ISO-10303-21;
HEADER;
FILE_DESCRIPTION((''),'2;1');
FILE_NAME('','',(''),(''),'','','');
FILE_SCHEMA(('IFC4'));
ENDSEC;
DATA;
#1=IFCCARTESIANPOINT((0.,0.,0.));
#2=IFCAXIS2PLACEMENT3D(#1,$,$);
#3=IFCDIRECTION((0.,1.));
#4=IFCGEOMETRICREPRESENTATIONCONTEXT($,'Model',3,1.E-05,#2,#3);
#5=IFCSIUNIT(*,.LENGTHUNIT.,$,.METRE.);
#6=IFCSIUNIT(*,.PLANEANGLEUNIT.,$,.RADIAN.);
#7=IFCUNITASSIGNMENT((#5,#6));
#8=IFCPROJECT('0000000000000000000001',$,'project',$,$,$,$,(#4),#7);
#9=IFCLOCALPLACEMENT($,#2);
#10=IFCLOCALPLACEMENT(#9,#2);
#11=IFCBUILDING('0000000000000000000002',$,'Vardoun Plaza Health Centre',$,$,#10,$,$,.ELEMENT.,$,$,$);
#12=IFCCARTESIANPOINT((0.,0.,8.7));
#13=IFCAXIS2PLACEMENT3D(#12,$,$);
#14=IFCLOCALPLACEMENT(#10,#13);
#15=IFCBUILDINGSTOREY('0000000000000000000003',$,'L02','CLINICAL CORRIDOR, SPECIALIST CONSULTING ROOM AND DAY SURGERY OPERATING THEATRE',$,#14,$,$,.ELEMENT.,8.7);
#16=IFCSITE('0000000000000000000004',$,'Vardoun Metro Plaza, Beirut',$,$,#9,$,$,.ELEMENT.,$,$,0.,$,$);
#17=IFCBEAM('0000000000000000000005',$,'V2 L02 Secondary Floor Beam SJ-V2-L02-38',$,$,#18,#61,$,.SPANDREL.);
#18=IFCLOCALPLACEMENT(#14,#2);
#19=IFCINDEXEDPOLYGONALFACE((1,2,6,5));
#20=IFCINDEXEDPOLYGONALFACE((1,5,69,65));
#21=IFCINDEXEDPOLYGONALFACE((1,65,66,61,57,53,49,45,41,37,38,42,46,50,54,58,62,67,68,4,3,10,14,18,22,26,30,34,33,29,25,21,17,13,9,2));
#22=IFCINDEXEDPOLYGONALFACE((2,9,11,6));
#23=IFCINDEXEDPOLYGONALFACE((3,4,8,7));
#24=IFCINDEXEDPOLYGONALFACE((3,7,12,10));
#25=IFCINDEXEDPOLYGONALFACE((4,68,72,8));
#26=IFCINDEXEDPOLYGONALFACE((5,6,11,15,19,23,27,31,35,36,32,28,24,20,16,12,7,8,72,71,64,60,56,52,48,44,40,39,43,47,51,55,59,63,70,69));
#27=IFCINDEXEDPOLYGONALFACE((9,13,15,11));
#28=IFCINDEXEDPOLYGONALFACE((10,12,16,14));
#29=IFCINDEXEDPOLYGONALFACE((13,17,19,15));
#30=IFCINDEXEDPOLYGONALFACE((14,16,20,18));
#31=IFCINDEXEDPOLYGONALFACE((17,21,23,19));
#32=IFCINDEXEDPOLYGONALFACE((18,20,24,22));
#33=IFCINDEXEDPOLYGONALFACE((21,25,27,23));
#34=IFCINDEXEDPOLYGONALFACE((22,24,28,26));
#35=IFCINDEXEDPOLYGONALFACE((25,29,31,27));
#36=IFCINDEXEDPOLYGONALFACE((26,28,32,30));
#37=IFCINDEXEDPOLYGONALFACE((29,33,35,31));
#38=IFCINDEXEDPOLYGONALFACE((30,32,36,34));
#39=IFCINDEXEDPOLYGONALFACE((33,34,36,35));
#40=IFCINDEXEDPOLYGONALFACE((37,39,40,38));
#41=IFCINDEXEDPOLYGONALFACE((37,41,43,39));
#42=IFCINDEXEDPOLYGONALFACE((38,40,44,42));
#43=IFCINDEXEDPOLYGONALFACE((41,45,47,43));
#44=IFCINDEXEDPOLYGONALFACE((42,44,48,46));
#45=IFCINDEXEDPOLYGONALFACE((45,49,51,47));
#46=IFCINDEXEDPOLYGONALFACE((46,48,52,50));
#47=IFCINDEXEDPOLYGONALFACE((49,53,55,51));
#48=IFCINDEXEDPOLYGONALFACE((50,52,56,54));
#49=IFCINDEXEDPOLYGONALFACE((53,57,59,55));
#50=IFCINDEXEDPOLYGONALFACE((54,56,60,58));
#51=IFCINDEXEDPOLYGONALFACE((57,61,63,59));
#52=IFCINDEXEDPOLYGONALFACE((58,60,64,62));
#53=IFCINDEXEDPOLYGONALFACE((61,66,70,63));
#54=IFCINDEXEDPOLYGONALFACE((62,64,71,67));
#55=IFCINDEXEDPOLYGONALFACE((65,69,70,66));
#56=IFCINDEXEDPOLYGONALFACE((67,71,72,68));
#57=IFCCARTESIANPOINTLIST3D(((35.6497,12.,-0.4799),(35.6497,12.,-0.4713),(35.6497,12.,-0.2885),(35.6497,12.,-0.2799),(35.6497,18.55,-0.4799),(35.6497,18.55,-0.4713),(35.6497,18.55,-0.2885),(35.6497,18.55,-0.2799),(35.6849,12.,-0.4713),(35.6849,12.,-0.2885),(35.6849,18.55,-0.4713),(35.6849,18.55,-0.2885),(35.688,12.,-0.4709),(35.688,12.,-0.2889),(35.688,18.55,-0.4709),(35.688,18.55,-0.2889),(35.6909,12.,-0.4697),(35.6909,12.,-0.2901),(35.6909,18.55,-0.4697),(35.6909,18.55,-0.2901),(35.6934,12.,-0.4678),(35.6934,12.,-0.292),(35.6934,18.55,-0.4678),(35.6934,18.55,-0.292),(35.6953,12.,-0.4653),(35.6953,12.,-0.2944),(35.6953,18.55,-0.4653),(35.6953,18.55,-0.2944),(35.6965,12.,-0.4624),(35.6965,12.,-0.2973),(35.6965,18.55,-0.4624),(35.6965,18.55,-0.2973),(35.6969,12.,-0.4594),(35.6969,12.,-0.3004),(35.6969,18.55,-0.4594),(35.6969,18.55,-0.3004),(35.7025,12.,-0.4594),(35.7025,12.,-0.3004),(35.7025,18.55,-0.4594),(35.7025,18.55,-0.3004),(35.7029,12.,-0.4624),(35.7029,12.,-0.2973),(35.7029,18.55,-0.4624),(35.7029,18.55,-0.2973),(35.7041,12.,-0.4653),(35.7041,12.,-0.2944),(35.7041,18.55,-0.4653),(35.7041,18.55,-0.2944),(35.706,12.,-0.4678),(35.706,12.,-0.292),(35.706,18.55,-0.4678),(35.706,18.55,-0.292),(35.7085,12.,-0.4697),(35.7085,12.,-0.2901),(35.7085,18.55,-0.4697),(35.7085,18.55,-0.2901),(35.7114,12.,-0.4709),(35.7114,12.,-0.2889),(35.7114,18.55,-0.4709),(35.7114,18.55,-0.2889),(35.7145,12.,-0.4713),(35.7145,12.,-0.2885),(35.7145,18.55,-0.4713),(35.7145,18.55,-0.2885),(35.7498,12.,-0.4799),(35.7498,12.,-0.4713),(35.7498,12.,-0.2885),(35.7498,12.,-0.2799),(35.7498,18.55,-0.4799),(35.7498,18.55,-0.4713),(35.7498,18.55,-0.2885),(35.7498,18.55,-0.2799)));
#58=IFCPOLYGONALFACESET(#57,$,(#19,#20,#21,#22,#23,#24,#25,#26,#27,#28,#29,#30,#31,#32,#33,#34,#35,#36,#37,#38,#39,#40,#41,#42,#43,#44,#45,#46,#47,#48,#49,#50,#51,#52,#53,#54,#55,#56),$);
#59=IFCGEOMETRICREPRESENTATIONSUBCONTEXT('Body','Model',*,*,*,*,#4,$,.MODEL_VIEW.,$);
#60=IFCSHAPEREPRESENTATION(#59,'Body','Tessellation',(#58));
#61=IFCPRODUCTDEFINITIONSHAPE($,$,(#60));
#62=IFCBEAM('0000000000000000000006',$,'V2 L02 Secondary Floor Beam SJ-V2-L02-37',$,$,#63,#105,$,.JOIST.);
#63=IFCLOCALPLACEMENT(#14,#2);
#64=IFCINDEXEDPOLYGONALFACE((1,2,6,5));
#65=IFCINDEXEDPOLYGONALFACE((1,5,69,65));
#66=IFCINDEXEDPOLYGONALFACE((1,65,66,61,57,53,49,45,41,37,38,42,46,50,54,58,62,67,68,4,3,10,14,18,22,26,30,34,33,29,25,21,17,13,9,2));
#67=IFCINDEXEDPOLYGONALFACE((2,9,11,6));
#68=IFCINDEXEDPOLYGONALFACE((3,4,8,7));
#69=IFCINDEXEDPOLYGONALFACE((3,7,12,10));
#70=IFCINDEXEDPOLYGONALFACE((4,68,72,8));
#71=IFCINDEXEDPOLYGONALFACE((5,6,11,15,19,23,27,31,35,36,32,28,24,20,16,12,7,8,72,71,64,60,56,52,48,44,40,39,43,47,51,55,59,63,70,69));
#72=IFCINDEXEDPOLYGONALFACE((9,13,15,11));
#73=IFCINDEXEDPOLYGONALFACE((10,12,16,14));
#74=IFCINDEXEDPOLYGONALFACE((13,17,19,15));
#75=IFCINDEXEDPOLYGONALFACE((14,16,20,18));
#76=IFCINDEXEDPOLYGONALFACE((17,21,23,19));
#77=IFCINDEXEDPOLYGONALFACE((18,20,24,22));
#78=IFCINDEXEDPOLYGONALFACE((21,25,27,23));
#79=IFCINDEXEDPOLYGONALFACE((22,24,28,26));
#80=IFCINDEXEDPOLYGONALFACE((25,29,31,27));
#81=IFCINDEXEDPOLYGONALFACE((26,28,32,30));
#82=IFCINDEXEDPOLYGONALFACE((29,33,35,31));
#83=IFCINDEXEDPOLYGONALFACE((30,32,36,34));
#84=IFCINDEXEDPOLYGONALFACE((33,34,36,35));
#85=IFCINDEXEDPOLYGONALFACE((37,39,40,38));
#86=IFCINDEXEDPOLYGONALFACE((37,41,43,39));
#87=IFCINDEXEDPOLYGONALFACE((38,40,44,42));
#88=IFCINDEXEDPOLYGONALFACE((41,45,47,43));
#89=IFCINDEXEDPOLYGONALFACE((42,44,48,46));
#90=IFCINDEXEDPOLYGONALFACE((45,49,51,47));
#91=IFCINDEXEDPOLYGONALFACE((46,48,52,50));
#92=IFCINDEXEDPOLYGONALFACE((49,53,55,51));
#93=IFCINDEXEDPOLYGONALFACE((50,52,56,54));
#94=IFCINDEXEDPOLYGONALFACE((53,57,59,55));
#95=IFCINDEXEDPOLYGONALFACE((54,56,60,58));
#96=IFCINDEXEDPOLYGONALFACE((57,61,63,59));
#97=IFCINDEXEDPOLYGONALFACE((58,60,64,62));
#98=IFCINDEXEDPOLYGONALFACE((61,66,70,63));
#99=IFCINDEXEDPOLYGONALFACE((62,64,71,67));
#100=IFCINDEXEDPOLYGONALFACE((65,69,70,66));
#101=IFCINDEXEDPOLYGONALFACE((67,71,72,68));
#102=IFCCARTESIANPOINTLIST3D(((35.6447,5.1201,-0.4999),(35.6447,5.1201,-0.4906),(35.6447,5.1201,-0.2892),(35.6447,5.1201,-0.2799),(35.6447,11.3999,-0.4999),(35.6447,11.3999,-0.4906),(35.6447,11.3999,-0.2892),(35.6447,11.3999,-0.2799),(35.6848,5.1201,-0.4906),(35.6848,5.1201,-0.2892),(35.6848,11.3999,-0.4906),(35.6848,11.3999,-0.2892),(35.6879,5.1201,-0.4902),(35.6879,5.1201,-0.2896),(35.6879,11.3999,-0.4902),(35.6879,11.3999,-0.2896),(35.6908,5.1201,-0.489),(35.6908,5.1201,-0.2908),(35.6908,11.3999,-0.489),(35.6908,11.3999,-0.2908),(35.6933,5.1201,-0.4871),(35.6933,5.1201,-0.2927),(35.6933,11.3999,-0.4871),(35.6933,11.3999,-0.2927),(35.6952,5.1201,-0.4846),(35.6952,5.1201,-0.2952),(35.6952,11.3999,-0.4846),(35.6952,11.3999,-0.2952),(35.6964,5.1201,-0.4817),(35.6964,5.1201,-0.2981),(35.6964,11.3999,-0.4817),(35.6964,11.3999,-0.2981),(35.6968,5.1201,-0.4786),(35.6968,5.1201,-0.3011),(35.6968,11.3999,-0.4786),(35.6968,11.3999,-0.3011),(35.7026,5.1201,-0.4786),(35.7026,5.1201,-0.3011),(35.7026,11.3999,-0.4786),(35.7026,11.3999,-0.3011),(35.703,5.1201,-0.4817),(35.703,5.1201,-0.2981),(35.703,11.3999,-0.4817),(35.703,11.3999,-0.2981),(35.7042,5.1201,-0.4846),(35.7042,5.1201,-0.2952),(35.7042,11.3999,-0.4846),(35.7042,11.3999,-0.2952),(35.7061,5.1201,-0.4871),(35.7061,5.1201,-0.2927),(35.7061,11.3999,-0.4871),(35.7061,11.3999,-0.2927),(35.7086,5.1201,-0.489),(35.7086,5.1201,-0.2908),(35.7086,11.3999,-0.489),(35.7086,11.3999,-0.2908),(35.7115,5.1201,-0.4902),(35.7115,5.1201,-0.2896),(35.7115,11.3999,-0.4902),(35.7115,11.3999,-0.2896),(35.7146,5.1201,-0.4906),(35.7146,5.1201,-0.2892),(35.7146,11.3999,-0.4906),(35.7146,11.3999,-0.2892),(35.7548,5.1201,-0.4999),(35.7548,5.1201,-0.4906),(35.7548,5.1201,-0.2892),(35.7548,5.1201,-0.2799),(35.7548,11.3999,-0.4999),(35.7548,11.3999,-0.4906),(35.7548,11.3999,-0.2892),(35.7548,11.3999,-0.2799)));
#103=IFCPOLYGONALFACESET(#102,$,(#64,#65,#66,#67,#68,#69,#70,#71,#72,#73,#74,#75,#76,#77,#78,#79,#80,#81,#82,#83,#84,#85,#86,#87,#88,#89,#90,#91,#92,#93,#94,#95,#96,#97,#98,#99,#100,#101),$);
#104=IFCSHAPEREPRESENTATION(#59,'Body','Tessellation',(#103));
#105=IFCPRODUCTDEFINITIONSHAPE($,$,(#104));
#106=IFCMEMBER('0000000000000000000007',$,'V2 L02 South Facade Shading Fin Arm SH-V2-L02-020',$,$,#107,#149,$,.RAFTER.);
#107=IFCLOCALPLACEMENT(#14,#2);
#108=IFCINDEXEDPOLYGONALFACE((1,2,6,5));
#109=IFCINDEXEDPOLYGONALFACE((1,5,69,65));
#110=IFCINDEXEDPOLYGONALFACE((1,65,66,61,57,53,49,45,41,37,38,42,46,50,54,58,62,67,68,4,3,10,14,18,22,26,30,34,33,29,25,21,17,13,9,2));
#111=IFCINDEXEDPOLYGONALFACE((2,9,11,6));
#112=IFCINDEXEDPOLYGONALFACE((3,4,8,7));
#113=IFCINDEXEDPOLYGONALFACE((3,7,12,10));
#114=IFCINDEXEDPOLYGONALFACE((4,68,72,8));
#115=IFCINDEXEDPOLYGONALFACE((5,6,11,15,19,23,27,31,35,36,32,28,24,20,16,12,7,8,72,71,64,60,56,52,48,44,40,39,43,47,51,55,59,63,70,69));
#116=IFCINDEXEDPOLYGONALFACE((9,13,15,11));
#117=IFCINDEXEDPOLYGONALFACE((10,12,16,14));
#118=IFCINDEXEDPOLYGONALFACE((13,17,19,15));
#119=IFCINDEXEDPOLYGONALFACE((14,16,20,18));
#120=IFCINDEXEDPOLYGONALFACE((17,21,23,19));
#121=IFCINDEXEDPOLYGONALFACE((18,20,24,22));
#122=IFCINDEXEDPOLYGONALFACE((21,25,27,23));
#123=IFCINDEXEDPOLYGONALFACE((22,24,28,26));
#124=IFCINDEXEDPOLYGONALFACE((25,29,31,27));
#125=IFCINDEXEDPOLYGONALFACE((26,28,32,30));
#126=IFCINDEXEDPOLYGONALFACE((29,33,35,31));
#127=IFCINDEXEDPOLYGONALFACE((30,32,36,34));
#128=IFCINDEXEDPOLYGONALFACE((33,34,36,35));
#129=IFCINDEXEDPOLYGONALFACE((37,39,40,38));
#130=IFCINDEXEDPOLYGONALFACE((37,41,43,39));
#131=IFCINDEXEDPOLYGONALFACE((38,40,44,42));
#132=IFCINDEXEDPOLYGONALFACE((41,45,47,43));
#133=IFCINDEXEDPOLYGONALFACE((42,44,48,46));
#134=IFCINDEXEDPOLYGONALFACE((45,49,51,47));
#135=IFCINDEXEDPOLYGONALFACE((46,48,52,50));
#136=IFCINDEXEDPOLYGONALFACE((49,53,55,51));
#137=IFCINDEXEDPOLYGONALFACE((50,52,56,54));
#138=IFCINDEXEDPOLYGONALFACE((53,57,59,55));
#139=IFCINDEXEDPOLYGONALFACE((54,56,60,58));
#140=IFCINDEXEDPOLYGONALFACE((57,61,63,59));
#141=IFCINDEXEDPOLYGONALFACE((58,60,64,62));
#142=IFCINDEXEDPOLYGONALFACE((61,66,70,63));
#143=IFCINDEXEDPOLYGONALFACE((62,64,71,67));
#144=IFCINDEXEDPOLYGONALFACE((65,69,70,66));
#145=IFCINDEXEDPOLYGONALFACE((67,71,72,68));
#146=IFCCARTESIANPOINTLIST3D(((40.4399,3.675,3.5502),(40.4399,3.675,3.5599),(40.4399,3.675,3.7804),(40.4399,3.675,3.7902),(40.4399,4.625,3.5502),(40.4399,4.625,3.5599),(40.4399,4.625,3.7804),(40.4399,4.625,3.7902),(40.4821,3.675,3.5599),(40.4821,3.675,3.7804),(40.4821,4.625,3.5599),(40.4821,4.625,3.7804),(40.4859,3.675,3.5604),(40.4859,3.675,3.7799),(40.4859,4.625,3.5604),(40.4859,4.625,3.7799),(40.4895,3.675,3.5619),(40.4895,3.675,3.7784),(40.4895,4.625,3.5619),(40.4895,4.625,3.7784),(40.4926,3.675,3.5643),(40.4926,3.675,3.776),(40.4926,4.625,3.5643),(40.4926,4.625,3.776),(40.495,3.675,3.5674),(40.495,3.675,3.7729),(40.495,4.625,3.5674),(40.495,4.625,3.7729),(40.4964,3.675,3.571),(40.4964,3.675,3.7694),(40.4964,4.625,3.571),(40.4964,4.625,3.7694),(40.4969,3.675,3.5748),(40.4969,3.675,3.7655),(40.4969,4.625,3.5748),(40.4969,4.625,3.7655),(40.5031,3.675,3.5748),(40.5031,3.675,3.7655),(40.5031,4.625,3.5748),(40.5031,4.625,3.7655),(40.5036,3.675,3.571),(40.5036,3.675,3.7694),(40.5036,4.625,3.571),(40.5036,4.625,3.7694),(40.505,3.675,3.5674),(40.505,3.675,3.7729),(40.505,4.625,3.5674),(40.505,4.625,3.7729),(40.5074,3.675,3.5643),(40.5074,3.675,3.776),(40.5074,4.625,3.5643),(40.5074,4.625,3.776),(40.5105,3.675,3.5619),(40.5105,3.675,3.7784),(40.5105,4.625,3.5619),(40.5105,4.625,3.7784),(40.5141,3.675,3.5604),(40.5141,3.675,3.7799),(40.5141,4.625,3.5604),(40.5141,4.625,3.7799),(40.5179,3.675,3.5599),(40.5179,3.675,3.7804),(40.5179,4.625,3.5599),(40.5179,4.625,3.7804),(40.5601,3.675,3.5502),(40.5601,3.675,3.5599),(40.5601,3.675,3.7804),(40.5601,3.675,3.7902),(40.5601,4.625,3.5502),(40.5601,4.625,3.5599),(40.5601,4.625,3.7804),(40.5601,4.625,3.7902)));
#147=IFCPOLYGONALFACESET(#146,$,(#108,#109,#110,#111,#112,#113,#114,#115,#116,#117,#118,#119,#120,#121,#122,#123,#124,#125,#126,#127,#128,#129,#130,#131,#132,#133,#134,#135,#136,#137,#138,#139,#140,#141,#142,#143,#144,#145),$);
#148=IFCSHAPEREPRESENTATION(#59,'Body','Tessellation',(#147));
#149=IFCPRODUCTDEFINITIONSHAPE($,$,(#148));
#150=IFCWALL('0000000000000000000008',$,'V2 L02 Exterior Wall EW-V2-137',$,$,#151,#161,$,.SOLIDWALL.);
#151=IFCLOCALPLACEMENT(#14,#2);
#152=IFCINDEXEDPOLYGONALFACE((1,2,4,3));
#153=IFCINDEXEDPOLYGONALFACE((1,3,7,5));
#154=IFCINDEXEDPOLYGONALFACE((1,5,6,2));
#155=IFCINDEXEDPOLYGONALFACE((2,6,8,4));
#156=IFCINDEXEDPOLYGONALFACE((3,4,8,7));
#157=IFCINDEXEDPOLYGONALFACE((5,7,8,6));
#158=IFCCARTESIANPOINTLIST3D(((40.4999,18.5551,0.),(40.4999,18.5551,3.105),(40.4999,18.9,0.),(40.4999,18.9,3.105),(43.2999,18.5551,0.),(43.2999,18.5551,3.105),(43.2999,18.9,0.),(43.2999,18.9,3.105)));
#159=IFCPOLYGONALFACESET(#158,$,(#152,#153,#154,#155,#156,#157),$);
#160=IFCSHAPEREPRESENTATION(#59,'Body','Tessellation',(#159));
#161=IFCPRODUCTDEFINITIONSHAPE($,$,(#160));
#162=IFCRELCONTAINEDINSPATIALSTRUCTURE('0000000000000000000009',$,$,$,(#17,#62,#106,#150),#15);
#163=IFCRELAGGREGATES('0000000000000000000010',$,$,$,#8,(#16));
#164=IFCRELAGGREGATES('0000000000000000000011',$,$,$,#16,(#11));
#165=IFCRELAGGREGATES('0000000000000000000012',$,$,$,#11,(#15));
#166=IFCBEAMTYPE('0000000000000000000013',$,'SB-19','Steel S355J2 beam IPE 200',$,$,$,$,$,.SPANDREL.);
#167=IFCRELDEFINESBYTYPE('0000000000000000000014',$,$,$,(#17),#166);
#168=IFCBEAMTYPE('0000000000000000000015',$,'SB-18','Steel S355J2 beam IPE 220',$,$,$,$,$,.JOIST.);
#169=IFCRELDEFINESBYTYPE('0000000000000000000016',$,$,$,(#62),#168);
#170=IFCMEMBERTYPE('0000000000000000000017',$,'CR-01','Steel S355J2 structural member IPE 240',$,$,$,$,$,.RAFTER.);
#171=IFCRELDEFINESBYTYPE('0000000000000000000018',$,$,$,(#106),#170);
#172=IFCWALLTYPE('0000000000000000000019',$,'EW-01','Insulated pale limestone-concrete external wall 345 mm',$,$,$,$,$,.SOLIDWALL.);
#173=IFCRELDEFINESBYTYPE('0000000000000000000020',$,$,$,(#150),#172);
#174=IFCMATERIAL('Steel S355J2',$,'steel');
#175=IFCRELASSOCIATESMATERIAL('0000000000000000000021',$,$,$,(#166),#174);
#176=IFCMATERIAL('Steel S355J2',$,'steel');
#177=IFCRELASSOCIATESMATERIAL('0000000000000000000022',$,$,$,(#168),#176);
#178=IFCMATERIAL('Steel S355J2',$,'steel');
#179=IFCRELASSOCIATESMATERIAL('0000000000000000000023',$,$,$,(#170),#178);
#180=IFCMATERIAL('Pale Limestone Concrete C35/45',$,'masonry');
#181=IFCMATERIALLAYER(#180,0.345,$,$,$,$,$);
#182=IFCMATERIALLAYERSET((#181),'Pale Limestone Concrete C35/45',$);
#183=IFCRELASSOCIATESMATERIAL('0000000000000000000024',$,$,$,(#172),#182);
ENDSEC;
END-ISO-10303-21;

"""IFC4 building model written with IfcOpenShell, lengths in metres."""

from ifc_helpers import new_model, si_unit, direction, frame, frame_2d, origin, origin_2d, place, context, subcontext, project, spatial, rectangle, i_section, extrude, material, layer, layer_set, material_profile, profile_set, type_object, element, save


model = new_model("IFC4")

# Units and contexts
model_context = context("Model", 3, precision=1e-05, world=origin(), true_north=direction((0.0, 1.0)))
body_context = subcontext(model_context, "Body", "Model", "MODEL_VIEW")
ifc_project = project(units=[si_unit("LENGTHUNIT", "METRE"), si_unit("PLANEANGLEUNIT", "RADIAN")], contexts=[model_context])

# Site, building, storey
site_placement = place(None, origin())
site = spatial("IfcSite", under=ifc_project, at=site_placement, Name="Vardoun Metro Plaza, Beirut", CompositionType="ELEMENT", RefElevation=0.0)
building_placement = place(site_placement, origin())
building = spatial("IfcBuilding", under=site, at=building_placement, Name="Vardoun Plaza Health Centre", CompositionType="ELEMENT")
storey_placement = place(building_placement, frame((0.0, 0.0, 8.7)))
storey = spatial("IfcBuildingStorey", under=building, at=storey_placement, Name="L02", Description="CLINICAL CORRIDOR, SPECIALIST CONSULTING ROOM AND DAY SURGERY OPERATING THEATRE", CompositionType="ELEMENT", Elevation=8.7)

# Beams
ifc_material_1 = material(Name="Steel S355J2", Category="steel")
ifc_material_profile_1 = material_profile(ifc_material_1, i_section(OverallWidth=0.1001, OverallDepth=0.2, WebThickness=0.0056, FlangeThickness=0.0085, FilletRadius=0.012, at=origin_2d()), Name="IPE 200")
ifc_profile_set_1 = profile_set([ifc_material_profile_1], Name="Steel S355J2")
beam_type_1 = type_object("IfcBeamType", Name="SB-19", Description="Steel S355J2 beam IPE 200", PredefinedType="SPANDREL", material=ifc_profile_set_1)
beam_1_placement = place(storey_placement, frame((35.6997, 12.0, -0.3799), z_axis=(0.0, 1.0, 0.0), x_axis=(-1.0, 0.0, 0.0)))
element("IfcBeam", 1, at=beam_1_placement, inside=storey, type_object=beam_type_1, Name="V2 L02 Secondary Floor Beam SJ-V2-L02-38", PredefinedType="SPANDREL", context=body_context, shape_type="SweptSolid", body=[
    extrude(i_section(OverallWidth=0.1001, OverallDepth=0.2, WebThickness=0.0056, FlangeThickness=0.0085, FilletRadius=0.012, at=origin_2d()), origin(), (0.0, 0.0, 1.0), 6.55),
])
ifc_material_2 = material(Name="Steel S355J2", Category="steel")
ifc_material_profile_2 = material_profile(ifc_material_2, i_section(OverallWidth=0.1101, OverallDepth=0.22, WebThickness=0.0059, FlangeThickness=0.0093, FilletRadius=0.012, at=origin_2d()), Name="IPE 220")
ifc_profile_set_2 = profile_set([ifc_material_profile_2], Name="Steel S355J2")
beam_type_2 = type_object("IfcBeamType", Name="SB-18", Description="Steel S355J2 beam IPE 220", PredefinedType="JOIST", material=ifc_profile_set_2)
beam_2_placement = place(storey_placement, frame((35.6997, 5.1201, -0.3899), z_axis=(0.0, 1.0, 0.0), x_axis=(-1.0, 0.0, 0.0)))
element("IfcBeam", 2, at=beam_2_placement, inside=storey, type_object=beam_type_2, Name="V2 L02 Secondary Floor Beam SJ-V2-L02-37", PredefinedType="JOIST", context=body_context, shape_type="SweptSolid", body=[
    extrude(i_section(OverallWidth=0.1101, OverallDepth=0.22, WebThickness=0.0059, FlangeThickness=0.0093, FilletRadius=0.012, at=origin_2d()), origin(), (0.0, 0.0, 1.0), 6.2798),
])

# Member
ifc_material_3 = material(Name="Steel S355J2", Category="steel")
ifc_material_profile_3 = material_profile(ifc_material_3, i_section(OverallWidth=0.1201, OverallDepth=0.24, WebThickness=0.0061, FlangeThickness=0.0098, FilletRadius=0.0149, at=origin_2d()), Name="IPE 240")
ifc_profile_set_3 = profile_set([ifc_material_profile_3], Name="Steel S355J2")
member_type = type_object("IfcMemberType", Name="CR-01", Description="Steel S355J2 structural member IPE 240", PredefinedType="RAFTER", material=ifc_profile_set_3)
member_placement = place(storey_placement, frame((40.5, 4.625, 3.6702), z_axis=(0.0, -1.0, 0.0), x_axis=(1.0, 0.0, 0.0)))
element("IfcMember", 3, at=member_placement, inside=storey, type_object=member_type, Name="V2 L02 South Facade Shading Fin Arm SH-V2-L02-020", PredefinedType="RAFTER", context=body_context, shape_type="SweptSolid", body=[
    extrude(i_section(OverallWidth=0.1201, OverallDepth=0.24, WebThickness=0.0061, FlangeThickness=0.0098, FilletRadius=0.0149, at=origin_2d()), origin(), (0.0, 0.0, 1.0), 0.95),
])

# Wall
ifc_material_4 = material(Name="Pale Limestone Concrete C35/45", Category="masonry")
ifc_layer = layer(ifc_material_4, 0.345)
ifc_layer_set = layer_set([ifc_layer], Name="Pale Limestone Concrete C35/45")
wall_type = type_object("IfcWallType", Name="EW-01", Description="Insulated pale limestone-concrete external wall 345 mm", PredefinedType="SOLIDWALL", material=ifc_layer_set)
wall_1_placement = place(storey_placement, frame((40.5, 18.7275, 0.0), z_axis=(0.0, 0.0, 1.0), x_axis=(1.0, 0.0, 0.0)))
element("IfcWall", 4, at=wall_1_placement, inside=storey, type_object=wall_type, Name="V2 L02 Exterior Wall EW-V2-137", PredefinedType="SOLIDWALL", context=body_context, shape_type="SweptSolid", body=[
    extrude(rectangle(XDim=2.8, YDim=0.345, at=frame_2d((1.3999, 0.0))), origin(), (0.0, 0.0, 1.0), 3.105),
])

save(model, "model.ifc")
